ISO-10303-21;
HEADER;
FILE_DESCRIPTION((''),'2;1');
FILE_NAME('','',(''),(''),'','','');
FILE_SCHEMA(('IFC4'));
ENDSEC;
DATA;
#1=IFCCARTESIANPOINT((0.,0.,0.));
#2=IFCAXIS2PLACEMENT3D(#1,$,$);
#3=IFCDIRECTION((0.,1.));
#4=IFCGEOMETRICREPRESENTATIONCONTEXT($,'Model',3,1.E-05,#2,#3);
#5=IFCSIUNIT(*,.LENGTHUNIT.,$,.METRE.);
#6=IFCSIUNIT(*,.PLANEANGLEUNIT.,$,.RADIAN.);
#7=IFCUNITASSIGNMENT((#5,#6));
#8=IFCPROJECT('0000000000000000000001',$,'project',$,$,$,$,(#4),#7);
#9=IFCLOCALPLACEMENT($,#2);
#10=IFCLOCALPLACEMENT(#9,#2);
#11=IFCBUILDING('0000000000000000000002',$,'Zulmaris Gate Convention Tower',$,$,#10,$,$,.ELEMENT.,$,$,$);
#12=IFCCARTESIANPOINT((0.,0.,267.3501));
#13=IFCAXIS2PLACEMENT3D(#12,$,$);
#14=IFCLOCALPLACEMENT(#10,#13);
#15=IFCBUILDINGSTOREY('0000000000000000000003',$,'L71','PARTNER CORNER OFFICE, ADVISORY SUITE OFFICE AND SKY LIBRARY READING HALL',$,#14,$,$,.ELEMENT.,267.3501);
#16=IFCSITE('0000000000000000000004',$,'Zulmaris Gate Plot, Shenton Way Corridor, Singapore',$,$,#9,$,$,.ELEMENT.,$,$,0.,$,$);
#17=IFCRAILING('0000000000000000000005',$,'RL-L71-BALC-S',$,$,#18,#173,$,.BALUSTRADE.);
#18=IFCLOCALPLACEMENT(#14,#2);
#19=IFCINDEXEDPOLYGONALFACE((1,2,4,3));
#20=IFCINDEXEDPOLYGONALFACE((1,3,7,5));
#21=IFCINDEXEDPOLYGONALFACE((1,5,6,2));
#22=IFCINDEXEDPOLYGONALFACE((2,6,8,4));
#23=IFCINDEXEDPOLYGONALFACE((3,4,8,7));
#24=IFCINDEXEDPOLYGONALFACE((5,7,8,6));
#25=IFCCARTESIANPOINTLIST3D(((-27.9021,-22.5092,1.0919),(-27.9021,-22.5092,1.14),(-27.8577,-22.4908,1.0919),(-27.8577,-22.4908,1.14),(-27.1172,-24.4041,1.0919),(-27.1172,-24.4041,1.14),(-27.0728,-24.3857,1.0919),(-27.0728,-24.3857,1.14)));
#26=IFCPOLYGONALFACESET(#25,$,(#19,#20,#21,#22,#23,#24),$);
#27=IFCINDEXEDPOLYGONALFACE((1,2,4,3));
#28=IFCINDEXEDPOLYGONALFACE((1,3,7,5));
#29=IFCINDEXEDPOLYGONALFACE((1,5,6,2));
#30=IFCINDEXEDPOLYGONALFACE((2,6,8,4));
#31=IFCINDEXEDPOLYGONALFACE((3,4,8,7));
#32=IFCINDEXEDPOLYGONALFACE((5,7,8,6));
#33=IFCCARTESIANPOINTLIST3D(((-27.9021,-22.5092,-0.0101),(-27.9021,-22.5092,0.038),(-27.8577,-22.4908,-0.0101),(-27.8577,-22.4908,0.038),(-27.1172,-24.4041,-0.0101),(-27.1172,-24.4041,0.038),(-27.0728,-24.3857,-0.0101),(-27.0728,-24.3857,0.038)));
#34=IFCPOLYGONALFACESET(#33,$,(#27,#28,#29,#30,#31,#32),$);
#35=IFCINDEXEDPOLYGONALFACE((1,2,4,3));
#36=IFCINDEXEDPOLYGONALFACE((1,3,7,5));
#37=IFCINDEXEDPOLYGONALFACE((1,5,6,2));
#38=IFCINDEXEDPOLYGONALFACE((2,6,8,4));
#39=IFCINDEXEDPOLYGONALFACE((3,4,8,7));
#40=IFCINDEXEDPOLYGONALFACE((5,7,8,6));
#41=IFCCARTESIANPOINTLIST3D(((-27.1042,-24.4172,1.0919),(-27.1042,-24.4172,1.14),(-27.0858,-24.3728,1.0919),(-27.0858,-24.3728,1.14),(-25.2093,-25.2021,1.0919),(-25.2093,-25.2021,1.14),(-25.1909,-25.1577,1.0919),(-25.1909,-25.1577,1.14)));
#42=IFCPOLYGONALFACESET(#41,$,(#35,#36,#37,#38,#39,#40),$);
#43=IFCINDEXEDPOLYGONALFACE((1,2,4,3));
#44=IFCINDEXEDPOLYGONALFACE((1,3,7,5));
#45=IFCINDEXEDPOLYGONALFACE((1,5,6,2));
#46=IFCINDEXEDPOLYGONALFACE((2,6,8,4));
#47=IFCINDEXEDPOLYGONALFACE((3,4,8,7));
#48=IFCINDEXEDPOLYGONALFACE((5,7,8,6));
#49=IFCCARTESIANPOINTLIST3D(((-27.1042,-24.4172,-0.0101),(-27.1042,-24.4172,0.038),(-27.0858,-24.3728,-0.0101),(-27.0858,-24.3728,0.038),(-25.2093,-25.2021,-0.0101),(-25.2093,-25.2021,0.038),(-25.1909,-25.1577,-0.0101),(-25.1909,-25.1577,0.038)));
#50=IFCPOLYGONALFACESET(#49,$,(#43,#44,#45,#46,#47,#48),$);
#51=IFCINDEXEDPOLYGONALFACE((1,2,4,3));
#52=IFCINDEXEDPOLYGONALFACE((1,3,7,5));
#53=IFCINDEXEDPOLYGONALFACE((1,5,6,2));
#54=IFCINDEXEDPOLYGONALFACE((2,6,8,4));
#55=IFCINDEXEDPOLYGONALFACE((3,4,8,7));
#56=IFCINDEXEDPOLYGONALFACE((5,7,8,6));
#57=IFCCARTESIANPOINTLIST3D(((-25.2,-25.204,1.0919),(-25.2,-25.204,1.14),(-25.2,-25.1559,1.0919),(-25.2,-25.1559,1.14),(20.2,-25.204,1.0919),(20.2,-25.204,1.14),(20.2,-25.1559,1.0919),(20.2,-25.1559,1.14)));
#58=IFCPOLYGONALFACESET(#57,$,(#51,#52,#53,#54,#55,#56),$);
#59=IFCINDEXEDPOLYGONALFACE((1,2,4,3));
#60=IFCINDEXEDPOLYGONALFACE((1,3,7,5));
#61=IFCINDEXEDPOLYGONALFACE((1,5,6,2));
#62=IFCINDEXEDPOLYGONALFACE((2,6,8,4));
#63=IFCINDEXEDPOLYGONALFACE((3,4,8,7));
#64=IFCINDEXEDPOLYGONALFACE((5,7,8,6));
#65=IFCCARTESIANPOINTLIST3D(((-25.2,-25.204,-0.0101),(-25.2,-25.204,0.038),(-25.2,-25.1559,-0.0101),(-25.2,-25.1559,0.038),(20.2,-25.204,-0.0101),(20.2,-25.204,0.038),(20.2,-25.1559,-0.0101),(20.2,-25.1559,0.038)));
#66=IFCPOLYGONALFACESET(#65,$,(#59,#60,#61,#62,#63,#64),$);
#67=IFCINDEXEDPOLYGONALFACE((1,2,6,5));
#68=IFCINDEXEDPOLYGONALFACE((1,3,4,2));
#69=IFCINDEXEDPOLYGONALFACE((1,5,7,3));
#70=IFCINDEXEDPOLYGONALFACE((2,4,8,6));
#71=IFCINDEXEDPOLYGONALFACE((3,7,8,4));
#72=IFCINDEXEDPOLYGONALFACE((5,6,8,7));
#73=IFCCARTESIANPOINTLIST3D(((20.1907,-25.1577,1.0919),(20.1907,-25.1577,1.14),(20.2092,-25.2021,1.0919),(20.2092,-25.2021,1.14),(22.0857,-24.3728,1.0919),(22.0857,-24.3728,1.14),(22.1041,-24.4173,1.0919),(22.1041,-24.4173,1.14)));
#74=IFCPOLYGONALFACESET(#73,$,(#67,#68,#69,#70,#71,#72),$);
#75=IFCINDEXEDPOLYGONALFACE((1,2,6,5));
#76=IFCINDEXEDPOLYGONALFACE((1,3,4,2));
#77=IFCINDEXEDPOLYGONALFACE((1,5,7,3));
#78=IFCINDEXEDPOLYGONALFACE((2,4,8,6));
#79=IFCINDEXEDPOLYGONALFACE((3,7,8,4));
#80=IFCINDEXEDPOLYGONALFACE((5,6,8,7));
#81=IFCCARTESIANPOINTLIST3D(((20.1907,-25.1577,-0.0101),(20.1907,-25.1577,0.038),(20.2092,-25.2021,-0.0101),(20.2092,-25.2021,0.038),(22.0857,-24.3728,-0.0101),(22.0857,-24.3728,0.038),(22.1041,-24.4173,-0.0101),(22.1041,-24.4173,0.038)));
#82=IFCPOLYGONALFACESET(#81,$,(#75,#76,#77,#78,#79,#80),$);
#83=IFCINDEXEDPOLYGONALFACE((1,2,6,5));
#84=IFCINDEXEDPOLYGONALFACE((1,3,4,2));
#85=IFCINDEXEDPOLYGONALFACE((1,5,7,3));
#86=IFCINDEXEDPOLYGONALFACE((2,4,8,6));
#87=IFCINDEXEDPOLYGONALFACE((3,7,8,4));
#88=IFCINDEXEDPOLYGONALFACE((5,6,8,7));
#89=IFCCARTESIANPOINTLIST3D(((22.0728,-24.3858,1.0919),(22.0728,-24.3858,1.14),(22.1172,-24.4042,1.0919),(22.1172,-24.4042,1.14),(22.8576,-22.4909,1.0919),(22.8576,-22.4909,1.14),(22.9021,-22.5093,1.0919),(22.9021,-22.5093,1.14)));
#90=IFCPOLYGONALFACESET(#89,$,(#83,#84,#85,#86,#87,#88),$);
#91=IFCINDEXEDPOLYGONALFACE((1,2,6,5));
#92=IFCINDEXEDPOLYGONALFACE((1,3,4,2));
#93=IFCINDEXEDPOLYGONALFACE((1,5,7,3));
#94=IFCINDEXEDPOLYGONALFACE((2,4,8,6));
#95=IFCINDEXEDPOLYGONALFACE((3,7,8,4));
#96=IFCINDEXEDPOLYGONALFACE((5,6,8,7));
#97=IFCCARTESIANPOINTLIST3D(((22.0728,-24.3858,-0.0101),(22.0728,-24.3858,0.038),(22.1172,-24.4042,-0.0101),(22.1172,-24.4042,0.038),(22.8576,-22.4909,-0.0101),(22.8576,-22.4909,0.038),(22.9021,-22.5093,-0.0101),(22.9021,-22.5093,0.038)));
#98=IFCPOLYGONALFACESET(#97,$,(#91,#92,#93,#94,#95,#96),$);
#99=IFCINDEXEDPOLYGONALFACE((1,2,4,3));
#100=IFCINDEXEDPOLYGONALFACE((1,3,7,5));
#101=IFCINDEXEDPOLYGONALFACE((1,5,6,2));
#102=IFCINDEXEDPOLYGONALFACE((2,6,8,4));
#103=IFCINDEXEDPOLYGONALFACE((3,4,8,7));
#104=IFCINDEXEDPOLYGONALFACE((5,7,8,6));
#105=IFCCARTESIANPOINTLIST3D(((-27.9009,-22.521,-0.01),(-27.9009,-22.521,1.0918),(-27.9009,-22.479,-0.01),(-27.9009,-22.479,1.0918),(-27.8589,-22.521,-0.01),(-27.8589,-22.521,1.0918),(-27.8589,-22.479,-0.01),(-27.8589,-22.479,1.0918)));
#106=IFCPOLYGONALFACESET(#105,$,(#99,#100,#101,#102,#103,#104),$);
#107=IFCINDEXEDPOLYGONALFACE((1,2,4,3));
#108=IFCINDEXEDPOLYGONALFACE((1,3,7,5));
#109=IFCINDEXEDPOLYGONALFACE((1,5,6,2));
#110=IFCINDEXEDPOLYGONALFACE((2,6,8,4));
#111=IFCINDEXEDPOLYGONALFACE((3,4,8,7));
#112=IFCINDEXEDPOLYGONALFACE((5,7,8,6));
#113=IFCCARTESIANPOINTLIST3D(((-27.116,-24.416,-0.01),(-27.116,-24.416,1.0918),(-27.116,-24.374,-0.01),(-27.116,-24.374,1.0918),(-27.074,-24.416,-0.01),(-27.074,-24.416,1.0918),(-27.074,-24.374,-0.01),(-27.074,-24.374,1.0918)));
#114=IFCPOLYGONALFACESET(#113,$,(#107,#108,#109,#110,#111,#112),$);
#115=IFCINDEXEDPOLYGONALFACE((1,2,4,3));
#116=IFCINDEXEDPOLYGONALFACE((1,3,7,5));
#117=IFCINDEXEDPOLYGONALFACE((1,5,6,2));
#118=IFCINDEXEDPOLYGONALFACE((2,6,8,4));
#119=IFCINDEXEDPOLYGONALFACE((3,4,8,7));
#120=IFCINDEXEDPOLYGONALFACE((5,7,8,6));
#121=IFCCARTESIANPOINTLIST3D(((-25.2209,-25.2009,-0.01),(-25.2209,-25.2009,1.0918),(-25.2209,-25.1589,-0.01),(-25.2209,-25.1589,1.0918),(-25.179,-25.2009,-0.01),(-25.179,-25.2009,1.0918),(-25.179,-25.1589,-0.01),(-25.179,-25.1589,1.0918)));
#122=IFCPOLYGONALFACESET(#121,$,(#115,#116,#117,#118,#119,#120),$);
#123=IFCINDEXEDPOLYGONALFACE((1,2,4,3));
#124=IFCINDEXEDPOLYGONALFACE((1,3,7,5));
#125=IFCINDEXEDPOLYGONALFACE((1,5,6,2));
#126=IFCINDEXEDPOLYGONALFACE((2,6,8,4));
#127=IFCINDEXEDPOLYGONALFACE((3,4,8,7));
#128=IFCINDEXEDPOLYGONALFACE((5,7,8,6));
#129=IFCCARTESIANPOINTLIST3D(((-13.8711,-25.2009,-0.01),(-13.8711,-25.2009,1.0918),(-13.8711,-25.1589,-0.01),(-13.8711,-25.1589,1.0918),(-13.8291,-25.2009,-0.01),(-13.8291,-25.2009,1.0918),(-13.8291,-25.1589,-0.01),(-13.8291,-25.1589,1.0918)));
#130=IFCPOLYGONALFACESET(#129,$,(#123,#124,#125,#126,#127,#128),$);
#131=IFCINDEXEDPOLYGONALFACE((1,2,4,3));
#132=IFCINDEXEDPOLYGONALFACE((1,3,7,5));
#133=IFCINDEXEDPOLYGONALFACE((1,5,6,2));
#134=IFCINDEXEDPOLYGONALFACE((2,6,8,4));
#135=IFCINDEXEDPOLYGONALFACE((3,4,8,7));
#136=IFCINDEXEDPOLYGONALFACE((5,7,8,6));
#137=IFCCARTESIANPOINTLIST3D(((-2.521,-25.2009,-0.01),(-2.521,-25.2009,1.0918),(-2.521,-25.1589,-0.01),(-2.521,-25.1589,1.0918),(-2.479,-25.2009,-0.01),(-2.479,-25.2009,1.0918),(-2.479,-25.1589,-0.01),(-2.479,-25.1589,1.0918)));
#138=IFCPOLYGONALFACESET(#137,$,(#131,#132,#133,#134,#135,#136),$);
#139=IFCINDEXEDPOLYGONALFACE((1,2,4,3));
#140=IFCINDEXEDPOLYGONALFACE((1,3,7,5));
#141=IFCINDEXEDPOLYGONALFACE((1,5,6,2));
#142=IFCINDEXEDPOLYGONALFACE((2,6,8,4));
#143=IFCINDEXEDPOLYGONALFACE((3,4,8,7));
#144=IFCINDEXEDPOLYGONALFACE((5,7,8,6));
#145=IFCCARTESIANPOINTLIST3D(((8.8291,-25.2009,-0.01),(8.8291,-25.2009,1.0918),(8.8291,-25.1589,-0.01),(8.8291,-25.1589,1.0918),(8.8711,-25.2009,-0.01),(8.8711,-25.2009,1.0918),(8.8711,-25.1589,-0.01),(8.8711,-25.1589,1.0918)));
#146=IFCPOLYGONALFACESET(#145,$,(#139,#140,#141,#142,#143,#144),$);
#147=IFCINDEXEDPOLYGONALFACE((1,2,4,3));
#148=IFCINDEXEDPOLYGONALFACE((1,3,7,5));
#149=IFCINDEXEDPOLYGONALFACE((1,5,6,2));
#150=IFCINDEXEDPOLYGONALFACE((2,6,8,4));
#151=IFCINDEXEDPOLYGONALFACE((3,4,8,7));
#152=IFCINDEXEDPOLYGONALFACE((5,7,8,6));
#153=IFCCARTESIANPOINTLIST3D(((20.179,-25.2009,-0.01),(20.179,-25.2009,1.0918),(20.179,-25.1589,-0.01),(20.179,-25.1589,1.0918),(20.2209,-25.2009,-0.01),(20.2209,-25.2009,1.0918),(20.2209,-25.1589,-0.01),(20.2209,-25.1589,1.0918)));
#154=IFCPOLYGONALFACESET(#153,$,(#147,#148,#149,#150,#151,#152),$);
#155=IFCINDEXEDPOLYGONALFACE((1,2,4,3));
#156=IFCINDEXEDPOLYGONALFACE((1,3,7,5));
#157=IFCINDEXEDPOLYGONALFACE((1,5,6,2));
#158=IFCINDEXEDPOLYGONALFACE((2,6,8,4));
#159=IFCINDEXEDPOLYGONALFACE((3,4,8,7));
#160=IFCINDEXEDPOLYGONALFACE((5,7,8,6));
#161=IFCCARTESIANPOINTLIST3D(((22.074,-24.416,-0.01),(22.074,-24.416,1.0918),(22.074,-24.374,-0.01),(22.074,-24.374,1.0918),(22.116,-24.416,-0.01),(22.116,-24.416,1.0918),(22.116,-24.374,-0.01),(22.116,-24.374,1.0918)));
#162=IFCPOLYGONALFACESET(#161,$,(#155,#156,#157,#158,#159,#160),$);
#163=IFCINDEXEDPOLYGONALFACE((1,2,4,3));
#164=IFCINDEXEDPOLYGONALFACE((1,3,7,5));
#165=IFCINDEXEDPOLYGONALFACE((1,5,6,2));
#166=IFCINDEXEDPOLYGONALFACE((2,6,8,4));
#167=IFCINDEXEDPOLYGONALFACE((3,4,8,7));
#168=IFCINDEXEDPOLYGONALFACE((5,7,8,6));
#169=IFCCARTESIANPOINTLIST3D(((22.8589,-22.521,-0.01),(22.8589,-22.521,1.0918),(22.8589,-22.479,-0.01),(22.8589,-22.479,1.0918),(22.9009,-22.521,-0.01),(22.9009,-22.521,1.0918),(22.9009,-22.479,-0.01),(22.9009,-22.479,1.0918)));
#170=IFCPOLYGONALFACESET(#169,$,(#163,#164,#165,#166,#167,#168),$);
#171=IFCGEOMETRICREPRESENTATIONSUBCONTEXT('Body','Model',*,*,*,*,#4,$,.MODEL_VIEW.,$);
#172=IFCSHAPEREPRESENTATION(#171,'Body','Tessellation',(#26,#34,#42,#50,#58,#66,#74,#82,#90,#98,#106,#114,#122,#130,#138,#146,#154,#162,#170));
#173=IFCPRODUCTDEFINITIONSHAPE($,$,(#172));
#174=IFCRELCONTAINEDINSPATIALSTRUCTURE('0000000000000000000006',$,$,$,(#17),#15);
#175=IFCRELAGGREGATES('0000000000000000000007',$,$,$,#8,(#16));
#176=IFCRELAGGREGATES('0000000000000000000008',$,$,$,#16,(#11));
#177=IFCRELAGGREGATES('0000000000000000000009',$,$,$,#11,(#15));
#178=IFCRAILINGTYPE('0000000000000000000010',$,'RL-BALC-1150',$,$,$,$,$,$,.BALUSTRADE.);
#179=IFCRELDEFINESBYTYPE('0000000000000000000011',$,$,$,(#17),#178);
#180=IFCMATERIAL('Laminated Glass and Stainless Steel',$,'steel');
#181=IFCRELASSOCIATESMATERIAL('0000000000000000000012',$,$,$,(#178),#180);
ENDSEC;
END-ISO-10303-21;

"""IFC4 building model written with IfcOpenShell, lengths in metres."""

from ifc_helpers import new_model, si_unit, direction, frame, origin, origin_2d, place, context, subcontext, project, spatial, rectangle, extrude, material, type_object, element, save


model = new_model("IFC4")

# Units and contexts
model_context = context("Model", 3, precision=1e-05, world=origin(), true_north=direction((0.0, 1.0)))
body_context = subcontext(model_context, "Body", "Model", "MODEL_VIEW")
ifc_project = project(units=[si_unit("LENGTHUNIT", "METRE"), si_unit("PLANEANGLEUNIT", "RADIAN")], contexts=[model_context])

# Site, building, storey
site_placement = place(None, origin())
site = spatial("IfcSite", under=ifc_project, at=site_placement, Name="Zulmaris Gate Plot, Shenton Way Corridor, Singapore", CompositionType="ELEMENT", RefElevation=0.0)
building_placement = place(site_placement, origin())
building = spatial("IfcBuilding", under=site, at=building_placement, Name="Zulmaris Gate Convention Tower", CompositionType="ELEMENT")
storey_placement = place(building_placement, frame((0.0, 0.0, 267.3501)))
storey = spatial("IfcBuildingStorey", under=building, at=storey_placement, Name="L71", Description="PARTNER CORNER OFFICE, ADVISORY SUITE OFFICE AND SKY LIBRARY READING HALL", CompositionType="ELEMENT", Elevation=267.3501)

# Railing
ifc_material_1 = material(Name="Laminated Glass and Stainless Steel", Category="steel")
railing_type = type_object("IfcRailingType", Name="RL-BALC-1150", PredefinedType="BALUSTRADE", material=ifc_material_1)
railing_placement = place(storey_placement, frame((-27.8799, -22.5, -0.01)))
element("IfcRailing", 1, at=railing_placement, inside=storey, type_object=railing_type, Name="RL-L71-BALC-S", PredefinedType="BALUSTRADE", context=body_context, shape_type="SweptSolid", body=[
    extrude(rectangle(XDim=0.0481, YDim=0.0481, at=origin_2d()), frame((0.0, 0.0, 1.126), z_axis=(0.382671, -0.923885, 0.0), x_axis=(0.923885, 0.382671, 0.0)), (0.0, 0.0, 1.0), 2.051),
    extrude(rectangle(XDim=0.0481, YDim=0.0481, at=origin_2d()), frame((0.0, 0.0, 0.0239), z_axis=(0.382671, -0.923885, 0.0), x_axis=(0.923885, 0.382671, 0.0)), (0.0, 0.0, 1.0), 2.051),
    extrude(rectangle(XDim=0.0481, YDim=0.0481, at=origin_2d()), frame((0.7849, -1.895, 1.126), z_axis=(0.923885, -0.382671, 0.0), x_axis=(0.382671, 0.923885, 0.0)), (0.0, 0.0, 1.0), 2.051),
    extrude(rectangle(XDim=0.0481, YDim=0.0481, at=origin_2d()), frame((0.7849, -1.895, 0.0239), z_axis=(0.923885, -0.382671, 0.0), x_axis=(0.382671, 0.923885, 0.0)), (0.0, 0.0, 1.0), 2.051),
    extrude(rectangle(XDim=0.0481, YDim=0.0481, at=origin_2d()), frame((2.6799, -2.6799, 1.126), z_axis=(1.0, 0.0, 0.0), x_axis=(0.0, 1.0, 0.0)), (0.0, 0.0, 1.0), 45.3999),
    extrude(rectangle(XDim=0.0481, YDim=0.0481, at=origin_2d()), frame((2.6799, -2.6799, 0.0239), z_axis=(1.0, 0.0, 0.0), x_axis=(0.0, 1.0, 0.0)), (0.0, 0.0, 1.0), 45.3999),
    extrude(rectangle(XDim=0.0481, YDim=0.0481, at=origin_2d()), frame((48.0798, -2.6799, 1.126), z_axis=(0.923885, 0.382671, 0.0), x_axis=(-0.382671, 0.923885, 0.0)), (0.0, 0.0, 1.0), 2.051),
    extrude(rectangle(XDim=0.0481, YDim=0.0481, at=origin_2d()), frame((48.0798, -2.6799, 0.0239), z_axis=(0.923885, 0.382671, 0.0), x_axis=(-0.382671, 0.923885, 0.0)), (0.0, 0.0, 1.0), 2.051),
    extrude(rectangle(XDim=0.0481, YDim=0.0481, at=origin_2d()), frame((49.9749, -1.895, 1.126), z_axis=(0.382671, 0.923885, 0.0), x_axis=(-0.923885, 0.382671, 0.0)), (0.0, 0.0, 1.0), 2.051),
    extrude(rectangle(XDim=0.0481, YDim=0.0481, at=origin_2d()), frame((49.9749, -1.895, 0.0239), z_axis=(0.382671, 0.923885, 0.0), x_axis=(-0.923885, 0.382671, 0.0)), (0.0, 0.0, 1.0), 2.051),
    extrude(rectangle(XDim=0.042, YDim=0.042, at=origin_2d()), origin(), (0.0, 0.0, 1.0), 1.1018),
    extrude(rectangle(XDim=0.042, YDim=0.042, at=origin_2d()), frame((0.7849, -1.895, 0.0)), (0.0, 0.0, 1.0), 1.1018),
    extrude(rectangle(XDim=0.042, YDim=0.042, at=origin_2d()), frame((2.6799, -2.6799, 0.0)), (0.0, 0.0, 1.0), 1.1018),
    extrude(rectangle(XDim=0.042, YDim=0.042, at=origin_2d()), frame((14.0298, -2.6799, 0.0)), (0.0, 0.0, 1.0), 1.1018),
    extrude(rectangle(XDim=0.042, YDim=0.042, at=origin_2d()), frame((25.3799, -2.6799, 0.0)), (0.0, 0.0, 1.0), 1.1018),
    extrude(rectangle(XDim=0.042, YDim=0.042, at=origin_2d()), frame((36.73, -2.6799, 0.0)), (0.0, 0.0, 1.0), 1.1018),
    extrude(rectangle(XDim=0.042, YDim=0.042, at=origin_2d()), frame((48.0798, -2.6799, 0.0)), (0.0, 0.0, 1.0), 1.1018),
    extrude(rectangle(XDim=0.042, YDim=0.042, at=origin_2d()), frame((49.9749, -1.895, 0.0)), (0.0, 0.0, 1.0), 1.1018),
    extrude(rectangle(XDim=0.042, YDim=0.042, at=origin_2d()), frame((50.7598, 0.0, 0.0)), (0.0, 0.0, 1.0), 1.1018),
])

save(model, "model.ifc")
